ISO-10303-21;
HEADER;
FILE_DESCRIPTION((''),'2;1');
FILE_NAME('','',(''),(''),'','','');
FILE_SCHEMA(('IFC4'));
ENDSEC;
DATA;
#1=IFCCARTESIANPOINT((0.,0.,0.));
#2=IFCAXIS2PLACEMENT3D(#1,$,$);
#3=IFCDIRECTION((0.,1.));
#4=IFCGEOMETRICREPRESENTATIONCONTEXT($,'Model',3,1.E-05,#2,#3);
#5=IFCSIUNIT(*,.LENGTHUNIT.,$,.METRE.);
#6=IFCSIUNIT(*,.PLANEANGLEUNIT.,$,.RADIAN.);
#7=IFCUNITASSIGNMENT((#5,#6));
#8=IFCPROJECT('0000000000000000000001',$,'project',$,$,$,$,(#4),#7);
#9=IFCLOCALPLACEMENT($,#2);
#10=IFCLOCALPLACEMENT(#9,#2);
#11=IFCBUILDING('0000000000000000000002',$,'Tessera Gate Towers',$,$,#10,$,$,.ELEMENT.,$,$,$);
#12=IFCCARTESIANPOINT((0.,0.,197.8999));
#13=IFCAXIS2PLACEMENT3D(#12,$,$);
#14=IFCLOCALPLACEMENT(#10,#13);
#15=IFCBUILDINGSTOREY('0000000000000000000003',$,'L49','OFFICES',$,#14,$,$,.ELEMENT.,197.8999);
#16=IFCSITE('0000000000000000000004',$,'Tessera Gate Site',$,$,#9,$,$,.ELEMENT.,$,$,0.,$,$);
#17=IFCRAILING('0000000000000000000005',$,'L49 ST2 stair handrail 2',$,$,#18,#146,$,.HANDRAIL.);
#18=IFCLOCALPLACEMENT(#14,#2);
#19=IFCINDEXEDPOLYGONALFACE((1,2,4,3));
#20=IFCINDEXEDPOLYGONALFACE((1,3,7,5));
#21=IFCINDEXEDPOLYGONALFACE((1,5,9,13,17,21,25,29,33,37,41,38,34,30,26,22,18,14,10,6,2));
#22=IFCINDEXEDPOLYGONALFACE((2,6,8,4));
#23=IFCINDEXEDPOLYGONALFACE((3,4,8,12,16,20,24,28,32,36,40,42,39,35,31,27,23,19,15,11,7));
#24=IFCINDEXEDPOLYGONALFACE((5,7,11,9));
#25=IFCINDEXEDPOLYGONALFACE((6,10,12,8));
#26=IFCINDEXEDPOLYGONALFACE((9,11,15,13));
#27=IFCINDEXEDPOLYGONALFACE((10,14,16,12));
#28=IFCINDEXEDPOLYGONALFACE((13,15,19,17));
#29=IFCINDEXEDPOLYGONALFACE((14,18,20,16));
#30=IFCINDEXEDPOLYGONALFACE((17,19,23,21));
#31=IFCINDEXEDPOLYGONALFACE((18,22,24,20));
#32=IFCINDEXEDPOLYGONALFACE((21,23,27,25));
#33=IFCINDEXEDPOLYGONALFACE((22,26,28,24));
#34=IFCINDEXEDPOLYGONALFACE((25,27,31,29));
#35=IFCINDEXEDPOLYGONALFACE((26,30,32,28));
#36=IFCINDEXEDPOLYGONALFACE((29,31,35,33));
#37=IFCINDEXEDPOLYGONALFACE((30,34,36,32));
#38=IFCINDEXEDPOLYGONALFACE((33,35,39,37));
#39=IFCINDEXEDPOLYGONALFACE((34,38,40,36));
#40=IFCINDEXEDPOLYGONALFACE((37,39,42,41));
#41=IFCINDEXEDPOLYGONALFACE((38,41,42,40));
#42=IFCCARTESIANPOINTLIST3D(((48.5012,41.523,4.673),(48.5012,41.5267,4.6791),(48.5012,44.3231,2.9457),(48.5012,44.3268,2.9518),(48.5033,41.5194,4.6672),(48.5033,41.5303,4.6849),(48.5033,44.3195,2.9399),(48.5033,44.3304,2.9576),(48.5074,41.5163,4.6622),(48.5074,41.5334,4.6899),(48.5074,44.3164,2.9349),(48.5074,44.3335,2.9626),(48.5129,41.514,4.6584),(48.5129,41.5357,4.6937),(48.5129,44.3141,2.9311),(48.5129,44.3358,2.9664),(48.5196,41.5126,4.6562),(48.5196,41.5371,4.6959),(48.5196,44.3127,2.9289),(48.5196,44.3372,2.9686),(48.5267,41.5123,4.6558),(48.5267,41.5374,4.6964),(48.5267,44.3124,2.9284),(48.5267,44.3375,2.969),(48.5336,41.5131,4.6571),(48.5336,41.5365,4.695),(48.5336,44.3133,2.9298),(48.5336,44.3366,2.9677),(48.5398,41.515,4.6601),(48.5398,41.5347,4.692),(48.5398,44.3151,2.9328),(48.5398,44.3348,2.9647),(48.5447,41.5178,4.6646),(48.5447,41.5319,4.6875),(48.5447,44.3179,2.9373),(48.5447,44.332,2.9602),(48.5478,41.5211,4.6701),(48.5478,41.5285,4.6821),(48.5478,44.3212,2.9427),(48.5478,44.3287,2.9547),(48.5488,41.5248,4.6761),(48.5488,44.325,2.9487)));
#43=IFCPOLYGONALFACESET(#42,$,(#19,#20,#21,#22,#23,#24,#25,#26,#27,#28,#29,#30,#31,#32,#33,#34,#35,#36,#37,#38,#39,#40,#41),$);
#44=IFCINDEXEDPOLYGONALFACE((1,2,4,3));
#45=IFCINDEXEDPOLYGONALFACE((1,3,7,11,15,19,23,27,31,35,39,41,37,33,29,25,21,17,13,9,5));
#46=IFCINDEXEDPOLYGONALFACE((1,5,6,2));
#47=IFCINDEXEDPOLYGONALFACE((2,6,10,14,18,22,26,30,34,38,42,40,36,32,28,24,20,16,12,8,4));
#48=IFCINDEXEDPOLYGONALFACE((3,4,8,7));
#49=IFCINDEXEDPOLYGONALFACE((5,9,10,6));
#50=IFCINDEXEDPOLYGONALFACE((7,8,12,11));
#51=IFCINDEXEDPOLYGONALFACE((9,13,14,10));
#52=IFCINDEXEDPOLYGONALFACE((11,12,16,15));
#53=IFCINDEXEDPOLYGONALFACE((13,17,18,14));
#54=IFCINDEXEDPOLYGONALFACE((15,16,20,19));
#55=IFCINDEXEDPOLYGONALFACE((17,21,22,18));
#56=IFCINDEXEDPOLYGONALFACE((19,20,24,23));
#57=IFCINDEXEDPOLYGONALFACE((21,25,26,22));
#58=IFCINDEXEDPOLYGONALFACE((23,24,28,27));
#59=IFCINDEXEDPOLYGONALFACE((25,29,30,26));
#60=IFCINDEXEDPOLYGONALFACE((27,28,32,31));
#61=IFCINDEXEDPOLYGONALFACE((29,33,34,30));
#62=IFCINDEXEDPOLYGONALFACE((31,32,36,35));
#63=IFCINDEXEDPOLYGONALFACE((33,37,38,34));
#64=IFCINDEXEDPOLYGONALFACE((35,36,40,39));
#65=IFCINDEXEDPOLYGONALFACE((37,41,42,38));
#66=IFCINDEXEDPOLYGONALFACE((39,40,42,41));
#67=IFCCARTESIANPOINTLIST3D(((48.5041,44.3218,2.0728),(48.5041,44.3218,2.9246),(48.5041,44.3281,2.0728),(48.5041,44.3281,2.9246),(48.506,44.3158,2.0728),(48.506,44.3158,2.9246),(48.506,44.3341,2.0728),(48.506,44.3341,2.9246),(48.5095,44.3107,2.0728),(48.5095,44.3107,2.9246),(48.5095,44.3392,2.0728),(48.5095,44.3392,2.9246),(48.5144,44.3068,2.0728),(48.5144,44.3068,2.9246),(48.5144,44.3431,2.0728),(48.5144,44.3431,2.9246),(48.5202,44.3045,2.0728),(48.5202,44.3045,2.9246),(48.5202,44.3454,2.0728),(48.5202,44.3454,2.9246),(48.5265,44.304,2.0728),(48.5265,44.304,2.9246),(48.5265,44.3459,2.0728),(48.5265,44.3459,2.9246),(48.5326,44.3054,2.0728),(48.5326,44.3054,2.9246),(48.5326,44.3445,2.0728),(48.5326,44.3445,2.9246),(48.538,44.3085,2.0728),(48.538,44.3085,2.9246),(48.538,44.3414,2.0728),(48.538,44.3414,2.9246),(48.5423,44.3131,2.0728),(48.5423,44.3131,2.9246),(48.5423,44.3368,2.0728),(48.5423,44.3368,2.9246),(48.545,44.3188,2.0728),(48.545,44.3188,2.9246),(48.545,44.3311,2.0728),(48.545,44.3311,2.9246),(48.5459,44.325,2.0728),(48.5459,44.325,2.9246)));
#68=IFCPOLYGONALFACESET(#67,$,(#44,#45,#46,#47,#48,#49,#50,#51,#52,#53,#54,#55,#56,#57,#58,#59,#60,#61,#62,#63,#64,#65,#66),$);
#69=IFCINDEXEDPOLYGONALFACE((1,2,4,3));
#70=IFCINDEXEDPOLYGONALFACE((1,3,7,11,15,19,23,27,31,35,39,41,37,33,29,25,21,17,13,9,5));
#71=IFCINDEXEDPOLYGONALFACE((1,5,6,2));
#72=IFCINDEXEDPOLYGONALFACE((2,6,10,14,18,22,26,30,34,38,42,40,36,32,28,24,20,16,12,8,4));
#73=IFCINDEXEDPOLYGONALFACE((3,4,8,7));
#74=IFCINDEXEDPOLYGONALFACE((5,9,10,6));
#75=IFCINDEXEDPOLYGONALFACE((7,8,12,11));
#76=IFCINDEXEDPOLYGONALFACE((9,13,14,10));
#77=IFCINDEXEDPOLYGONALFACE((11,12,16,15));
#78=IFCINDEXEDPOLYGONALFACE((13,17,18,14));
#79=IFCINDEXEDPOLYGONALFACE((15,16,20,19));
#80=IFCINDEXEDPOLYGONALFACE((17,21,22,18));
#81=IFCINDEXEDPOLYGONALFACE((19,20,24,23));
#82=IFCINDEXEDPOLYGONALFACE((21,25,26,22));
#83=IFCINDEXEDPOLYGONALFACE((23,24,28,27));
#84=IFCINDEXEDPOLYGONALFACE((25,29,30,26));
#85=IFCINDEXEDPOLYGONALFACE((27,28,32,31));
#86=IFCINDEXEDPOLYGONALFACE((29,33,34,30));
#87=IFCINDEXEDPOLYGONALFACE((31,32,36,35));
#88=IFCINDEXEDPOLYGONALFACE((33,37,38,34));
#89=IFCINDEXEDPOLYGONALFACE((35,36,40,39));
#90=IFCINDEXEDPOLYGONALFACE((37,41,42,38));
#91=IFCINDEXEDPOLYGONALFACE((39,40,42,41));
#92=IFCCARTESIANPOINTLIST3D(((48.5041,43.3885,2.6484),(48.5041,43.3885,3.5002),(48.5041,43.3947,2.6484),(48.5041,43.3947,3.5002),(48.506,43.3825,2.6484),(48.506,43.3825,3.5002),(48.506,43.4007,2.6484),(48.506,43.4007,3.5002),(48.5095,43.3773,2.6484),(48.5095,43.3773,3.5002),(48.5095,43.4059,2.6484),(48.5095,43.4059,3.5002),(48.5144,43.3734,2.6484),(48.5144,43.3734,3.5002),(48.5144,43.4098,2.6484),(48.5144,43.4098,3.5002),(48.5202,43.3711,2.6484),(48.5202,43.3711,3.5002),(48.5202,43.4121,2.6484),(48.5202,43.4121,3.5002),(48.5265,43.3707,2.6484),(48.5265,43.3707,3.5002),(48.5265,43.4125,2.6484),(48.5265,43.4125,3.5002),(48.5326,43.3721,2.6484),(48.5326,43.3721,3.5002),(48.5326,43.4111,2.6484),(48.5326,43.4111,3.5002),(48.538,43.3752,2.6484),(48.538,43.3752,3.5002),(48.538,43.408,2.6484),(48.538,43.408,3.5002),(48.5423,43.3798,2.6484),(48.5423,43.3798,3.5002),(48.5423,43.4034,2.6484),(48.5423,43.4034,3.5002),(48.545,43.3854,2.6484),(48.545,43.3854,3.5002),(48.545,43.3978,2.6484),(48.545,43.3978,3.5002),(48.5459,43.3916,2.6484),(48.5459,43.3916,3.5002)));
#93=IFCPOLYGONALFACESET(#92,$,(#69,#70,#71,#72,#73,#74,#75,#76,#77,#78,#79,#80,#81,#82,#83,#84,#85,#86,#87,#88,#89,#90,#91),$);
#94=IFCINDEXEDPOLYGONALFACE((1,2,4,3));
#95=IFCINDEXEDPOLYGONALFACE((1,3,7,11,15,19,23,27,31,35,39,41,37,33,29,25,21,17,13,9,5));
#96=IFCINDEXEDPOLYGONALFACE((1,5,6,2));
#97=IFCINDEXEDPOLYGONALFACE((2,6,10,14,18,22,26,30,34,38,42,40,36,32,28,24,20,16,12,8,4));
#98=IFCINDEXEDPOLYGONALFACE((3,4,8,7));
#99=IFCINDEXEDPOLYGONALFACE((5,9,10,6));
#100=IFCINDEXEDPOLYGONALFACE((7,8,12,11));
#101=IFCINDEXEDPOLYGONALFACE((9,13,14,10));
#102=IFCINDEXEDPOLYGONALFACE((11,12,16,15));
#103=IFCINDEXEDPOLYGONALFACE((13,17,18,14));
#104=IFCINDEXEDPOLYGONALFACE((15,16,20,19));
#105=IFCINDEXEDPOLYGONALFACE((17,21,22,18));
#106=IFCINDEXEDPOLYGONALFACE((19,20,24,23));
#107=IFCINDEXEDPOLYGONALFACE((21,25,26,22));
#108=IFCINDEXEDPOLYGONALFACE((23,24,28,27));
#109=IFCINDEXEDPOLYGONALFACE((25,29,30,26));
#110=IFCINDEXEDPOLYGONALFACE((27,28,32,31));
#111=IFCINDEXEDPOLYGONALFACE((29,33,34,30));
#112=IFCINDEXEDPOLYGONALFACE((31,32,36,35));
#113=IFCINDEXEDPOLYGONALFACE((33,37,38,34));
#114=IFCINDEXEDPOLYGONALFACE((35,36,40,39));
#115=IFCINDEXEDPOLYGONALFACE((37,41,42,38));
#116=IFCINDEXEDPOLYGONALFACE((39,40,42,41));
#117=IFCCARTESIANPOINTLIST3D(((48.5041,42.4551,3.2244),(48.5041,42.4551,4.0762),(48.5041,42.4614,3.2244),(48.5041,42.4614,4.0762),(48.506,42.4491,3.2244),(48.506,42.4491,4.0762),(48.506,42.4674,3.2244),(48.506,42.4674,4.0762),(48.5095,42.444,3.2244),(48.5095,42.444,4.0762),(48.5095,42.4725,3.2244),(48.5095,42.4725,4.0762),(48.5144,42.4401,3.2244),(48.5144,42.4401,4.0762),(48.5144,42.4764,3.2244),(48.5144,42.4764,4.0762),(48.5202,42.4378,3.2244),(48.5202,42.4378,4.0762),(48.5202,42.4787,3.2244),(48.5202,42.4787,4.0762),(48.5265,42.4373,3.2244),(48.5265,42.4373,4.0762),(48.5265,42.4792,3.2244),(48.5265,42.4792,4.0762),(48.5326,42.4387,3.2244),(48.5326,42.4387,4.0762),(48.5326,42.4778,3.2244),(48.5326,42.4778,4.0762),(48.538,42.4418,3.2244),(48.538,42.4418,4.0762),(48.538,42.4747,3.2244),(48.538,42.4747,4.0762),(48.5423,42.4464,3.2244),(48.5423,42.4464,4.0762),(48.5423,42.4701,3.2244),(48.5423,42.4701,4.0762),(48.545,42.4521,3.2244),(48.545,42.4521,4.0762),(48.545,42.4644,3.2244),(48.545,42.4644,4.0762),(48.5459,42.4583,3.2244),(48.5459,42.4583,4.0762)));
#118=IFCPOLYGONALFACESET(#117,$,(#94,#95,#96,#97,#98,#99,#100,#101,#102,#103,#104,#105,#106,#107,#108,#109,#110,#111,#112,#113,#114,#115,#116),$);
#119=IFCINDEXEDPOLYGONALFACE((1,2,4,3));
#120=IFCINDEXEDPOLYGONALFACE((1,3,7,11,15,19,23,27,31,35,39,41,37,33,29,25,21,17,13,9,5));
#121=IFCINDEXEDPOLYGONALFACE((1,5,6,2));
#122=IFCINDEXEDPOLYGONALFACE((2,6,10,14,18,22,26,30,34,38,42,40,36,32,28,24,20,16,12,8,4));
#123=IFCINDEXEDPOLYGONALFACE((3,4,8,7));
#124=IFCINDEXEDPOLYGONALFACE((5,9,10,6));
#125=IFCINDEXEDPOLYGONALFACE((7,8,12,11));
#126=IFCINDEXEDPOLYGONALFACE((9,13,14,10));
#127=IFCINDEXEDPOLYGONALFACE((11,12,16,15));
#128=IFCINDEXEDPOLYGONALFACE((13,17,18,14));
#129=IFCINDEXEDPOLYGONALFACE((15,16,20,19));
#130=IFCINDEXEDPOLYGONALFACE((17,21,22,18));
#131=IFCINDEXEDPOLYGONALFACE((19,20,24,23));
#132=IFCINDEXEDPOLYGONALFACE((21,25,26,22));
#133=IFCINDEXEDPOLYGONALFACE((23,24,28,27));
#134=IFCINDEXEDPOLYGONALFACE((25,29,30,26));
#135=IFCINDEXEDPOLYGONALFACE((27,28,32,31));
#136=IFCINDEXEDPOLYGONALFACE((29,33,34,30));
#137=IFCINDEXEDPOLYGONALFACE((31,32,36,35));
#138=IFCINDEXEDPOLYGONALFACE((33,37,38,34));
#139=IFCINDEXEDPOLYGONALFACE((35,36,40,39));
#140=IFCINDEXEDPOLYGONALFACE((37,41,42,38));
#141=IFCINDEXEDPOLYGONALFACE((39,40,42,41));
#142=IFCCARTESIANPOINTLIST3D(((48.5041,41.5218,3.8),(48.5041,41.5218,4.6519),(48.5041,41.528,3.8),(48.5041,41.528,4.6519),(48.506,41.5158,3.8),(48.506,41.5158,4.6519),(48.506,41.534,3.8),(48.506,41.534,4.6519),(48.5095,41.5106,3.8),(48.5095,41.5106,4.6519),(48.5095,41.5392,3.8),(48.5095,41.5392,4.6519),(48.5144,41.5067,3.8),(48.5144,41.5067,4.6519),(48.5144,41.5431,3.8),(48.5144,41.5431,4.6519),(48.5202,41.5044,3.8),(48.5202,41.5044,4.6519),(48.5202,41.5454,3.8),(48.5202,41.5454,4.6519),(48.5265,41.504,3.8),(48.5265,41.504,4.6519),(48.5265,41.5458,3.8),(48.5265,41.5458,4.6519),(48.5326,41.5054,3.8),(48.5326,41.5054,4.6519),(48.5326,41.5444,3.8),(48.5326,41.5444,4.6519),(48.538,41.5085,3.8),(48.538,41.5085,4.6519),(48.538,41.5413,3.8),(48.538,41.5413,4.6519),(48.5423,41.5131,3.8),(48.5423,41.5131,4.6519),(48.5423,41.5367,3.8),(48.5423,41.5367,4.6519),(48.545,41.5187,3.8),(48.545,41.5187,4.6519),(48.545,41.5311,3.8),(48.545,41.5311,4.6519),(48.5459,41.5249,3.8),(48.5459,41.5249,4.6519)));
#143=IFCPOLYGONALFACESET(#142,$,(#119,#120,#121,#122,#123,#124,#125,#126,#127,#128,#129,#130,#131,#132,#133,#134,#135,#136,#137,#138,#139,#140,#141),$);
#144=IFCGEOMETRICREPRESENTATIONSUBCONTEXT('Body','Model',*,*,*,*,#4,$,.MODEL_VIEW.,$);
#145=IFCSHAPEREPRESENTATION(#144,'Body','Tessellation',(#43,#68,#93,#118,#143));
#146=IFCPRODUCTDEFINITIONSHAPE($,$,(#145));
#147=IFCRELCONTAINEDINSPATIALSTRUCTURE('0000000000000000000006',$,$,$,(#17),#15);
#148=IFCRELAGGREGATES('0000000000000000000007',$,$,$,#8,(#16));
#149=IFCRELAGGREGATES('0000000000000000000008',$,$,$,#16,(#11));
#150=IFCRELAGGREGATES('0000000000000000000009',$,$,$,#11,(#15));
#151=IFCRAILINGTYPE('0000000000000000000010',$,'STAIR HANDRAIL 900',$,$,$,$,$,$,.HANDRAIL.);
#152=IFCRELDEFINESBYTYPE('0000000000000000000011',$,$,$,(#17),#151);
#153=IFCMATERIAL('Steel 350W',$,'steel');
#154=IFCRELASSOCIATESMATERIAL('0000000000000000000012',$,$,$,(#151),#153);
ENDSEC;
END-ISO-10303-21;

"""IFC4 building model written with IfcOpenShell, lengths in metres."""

from ifc_helpers import new_model, si_unit, direction, frame, origin, origin_2d, place, context, subcontext, project, spatial, circle, extrude, material, type_object, element, save


model = new_model("IFC4")

# Units and contexts
model_context = context("Model", 3, precision=1e-05, world=origin(), true_north=direction((0.0, 1.0)))
body_context = subcontext(model_context, "Body", "Model", "MODEL_VIEW")
ifc_project = project(units=[si_unit("LENGTHUNIT", "METRE"), si_unit("PLANEANGLEUNIT", "RADIAN")], contexts=[model_context])

# Site, building, storey
site_placement = place(None, origin())
site = spatial("IfcSite", under=ifc_project, at=site_placement, Name="Tessera Gate Site", CompositionType="ELEMENT", RefElevation=0.0)
building_placement = place(site_placement, origin())
building = spatial("IfcBuilding", under=site, at=building_placement, Name="Tessera Gate Towers", CompositionType="ELEMENT")
storey_placement = place(building_placement, frame((0.0, 0.0, 197.8999)))
storey = spatial("IfcBuildingStorey", under=building, at=storey_placement, Name="L49", Description="OFFICES", CompositionType="ELEMENT", Elevation=197.8999)

# Railing
ifc_material_1 = material(Name="Steel 350W", Category="steel")
railing_type_1 = type_object("IfcRailingType", Name="STAIR HANDRAIL 900", PredefinedType="HANDRAIL", material=ifc_material_1)
railing_1_placement = place(storey_placement, frame((48.5249, 44.325, 2.0728)))
element("IfcRailing", 1, at=railing_1_placement, inside=storey, type_object=railing_type_1, Name="L49 ST2 stair handrail 2", PredefinedType="HANDRAIL", context=body_context, shape_type="SweptSolid", body=[
    extrude(circle(Radius=0.0239, at=origin_2d()), frame((0.0, 0.0, 0.876), z_axis=(0.0, -0.85109, 0.52502), x_axis=(1.0, 0.0, 0.0)), (0.0, 0.0, 1.0), 3.29),
    extrude(circle(Radius=0.021, at=origin_2d()), origin(), (0.0, 0.0, 1.0), 0.8518),
    extrude(circle(Radius=0.021, at=origin_2d()), frame((0.0, -0.9333, 0.5757)), (0.0, 0.0, 1.0), 0.8518),
    extrude(circle(Radius=0.021, at=origin_2d()), frame((0.0, -1.8667, 1.1516)), (0.0, 0.0, 1.0), 0.8518),
    extrude(circle(Radius=0.021, at=origin_2d()), frame((0.0, -2.8, 1.7273)), (0.0, 0.0, 1.0), 0.8518),
])

save(model, "model.ifc")
